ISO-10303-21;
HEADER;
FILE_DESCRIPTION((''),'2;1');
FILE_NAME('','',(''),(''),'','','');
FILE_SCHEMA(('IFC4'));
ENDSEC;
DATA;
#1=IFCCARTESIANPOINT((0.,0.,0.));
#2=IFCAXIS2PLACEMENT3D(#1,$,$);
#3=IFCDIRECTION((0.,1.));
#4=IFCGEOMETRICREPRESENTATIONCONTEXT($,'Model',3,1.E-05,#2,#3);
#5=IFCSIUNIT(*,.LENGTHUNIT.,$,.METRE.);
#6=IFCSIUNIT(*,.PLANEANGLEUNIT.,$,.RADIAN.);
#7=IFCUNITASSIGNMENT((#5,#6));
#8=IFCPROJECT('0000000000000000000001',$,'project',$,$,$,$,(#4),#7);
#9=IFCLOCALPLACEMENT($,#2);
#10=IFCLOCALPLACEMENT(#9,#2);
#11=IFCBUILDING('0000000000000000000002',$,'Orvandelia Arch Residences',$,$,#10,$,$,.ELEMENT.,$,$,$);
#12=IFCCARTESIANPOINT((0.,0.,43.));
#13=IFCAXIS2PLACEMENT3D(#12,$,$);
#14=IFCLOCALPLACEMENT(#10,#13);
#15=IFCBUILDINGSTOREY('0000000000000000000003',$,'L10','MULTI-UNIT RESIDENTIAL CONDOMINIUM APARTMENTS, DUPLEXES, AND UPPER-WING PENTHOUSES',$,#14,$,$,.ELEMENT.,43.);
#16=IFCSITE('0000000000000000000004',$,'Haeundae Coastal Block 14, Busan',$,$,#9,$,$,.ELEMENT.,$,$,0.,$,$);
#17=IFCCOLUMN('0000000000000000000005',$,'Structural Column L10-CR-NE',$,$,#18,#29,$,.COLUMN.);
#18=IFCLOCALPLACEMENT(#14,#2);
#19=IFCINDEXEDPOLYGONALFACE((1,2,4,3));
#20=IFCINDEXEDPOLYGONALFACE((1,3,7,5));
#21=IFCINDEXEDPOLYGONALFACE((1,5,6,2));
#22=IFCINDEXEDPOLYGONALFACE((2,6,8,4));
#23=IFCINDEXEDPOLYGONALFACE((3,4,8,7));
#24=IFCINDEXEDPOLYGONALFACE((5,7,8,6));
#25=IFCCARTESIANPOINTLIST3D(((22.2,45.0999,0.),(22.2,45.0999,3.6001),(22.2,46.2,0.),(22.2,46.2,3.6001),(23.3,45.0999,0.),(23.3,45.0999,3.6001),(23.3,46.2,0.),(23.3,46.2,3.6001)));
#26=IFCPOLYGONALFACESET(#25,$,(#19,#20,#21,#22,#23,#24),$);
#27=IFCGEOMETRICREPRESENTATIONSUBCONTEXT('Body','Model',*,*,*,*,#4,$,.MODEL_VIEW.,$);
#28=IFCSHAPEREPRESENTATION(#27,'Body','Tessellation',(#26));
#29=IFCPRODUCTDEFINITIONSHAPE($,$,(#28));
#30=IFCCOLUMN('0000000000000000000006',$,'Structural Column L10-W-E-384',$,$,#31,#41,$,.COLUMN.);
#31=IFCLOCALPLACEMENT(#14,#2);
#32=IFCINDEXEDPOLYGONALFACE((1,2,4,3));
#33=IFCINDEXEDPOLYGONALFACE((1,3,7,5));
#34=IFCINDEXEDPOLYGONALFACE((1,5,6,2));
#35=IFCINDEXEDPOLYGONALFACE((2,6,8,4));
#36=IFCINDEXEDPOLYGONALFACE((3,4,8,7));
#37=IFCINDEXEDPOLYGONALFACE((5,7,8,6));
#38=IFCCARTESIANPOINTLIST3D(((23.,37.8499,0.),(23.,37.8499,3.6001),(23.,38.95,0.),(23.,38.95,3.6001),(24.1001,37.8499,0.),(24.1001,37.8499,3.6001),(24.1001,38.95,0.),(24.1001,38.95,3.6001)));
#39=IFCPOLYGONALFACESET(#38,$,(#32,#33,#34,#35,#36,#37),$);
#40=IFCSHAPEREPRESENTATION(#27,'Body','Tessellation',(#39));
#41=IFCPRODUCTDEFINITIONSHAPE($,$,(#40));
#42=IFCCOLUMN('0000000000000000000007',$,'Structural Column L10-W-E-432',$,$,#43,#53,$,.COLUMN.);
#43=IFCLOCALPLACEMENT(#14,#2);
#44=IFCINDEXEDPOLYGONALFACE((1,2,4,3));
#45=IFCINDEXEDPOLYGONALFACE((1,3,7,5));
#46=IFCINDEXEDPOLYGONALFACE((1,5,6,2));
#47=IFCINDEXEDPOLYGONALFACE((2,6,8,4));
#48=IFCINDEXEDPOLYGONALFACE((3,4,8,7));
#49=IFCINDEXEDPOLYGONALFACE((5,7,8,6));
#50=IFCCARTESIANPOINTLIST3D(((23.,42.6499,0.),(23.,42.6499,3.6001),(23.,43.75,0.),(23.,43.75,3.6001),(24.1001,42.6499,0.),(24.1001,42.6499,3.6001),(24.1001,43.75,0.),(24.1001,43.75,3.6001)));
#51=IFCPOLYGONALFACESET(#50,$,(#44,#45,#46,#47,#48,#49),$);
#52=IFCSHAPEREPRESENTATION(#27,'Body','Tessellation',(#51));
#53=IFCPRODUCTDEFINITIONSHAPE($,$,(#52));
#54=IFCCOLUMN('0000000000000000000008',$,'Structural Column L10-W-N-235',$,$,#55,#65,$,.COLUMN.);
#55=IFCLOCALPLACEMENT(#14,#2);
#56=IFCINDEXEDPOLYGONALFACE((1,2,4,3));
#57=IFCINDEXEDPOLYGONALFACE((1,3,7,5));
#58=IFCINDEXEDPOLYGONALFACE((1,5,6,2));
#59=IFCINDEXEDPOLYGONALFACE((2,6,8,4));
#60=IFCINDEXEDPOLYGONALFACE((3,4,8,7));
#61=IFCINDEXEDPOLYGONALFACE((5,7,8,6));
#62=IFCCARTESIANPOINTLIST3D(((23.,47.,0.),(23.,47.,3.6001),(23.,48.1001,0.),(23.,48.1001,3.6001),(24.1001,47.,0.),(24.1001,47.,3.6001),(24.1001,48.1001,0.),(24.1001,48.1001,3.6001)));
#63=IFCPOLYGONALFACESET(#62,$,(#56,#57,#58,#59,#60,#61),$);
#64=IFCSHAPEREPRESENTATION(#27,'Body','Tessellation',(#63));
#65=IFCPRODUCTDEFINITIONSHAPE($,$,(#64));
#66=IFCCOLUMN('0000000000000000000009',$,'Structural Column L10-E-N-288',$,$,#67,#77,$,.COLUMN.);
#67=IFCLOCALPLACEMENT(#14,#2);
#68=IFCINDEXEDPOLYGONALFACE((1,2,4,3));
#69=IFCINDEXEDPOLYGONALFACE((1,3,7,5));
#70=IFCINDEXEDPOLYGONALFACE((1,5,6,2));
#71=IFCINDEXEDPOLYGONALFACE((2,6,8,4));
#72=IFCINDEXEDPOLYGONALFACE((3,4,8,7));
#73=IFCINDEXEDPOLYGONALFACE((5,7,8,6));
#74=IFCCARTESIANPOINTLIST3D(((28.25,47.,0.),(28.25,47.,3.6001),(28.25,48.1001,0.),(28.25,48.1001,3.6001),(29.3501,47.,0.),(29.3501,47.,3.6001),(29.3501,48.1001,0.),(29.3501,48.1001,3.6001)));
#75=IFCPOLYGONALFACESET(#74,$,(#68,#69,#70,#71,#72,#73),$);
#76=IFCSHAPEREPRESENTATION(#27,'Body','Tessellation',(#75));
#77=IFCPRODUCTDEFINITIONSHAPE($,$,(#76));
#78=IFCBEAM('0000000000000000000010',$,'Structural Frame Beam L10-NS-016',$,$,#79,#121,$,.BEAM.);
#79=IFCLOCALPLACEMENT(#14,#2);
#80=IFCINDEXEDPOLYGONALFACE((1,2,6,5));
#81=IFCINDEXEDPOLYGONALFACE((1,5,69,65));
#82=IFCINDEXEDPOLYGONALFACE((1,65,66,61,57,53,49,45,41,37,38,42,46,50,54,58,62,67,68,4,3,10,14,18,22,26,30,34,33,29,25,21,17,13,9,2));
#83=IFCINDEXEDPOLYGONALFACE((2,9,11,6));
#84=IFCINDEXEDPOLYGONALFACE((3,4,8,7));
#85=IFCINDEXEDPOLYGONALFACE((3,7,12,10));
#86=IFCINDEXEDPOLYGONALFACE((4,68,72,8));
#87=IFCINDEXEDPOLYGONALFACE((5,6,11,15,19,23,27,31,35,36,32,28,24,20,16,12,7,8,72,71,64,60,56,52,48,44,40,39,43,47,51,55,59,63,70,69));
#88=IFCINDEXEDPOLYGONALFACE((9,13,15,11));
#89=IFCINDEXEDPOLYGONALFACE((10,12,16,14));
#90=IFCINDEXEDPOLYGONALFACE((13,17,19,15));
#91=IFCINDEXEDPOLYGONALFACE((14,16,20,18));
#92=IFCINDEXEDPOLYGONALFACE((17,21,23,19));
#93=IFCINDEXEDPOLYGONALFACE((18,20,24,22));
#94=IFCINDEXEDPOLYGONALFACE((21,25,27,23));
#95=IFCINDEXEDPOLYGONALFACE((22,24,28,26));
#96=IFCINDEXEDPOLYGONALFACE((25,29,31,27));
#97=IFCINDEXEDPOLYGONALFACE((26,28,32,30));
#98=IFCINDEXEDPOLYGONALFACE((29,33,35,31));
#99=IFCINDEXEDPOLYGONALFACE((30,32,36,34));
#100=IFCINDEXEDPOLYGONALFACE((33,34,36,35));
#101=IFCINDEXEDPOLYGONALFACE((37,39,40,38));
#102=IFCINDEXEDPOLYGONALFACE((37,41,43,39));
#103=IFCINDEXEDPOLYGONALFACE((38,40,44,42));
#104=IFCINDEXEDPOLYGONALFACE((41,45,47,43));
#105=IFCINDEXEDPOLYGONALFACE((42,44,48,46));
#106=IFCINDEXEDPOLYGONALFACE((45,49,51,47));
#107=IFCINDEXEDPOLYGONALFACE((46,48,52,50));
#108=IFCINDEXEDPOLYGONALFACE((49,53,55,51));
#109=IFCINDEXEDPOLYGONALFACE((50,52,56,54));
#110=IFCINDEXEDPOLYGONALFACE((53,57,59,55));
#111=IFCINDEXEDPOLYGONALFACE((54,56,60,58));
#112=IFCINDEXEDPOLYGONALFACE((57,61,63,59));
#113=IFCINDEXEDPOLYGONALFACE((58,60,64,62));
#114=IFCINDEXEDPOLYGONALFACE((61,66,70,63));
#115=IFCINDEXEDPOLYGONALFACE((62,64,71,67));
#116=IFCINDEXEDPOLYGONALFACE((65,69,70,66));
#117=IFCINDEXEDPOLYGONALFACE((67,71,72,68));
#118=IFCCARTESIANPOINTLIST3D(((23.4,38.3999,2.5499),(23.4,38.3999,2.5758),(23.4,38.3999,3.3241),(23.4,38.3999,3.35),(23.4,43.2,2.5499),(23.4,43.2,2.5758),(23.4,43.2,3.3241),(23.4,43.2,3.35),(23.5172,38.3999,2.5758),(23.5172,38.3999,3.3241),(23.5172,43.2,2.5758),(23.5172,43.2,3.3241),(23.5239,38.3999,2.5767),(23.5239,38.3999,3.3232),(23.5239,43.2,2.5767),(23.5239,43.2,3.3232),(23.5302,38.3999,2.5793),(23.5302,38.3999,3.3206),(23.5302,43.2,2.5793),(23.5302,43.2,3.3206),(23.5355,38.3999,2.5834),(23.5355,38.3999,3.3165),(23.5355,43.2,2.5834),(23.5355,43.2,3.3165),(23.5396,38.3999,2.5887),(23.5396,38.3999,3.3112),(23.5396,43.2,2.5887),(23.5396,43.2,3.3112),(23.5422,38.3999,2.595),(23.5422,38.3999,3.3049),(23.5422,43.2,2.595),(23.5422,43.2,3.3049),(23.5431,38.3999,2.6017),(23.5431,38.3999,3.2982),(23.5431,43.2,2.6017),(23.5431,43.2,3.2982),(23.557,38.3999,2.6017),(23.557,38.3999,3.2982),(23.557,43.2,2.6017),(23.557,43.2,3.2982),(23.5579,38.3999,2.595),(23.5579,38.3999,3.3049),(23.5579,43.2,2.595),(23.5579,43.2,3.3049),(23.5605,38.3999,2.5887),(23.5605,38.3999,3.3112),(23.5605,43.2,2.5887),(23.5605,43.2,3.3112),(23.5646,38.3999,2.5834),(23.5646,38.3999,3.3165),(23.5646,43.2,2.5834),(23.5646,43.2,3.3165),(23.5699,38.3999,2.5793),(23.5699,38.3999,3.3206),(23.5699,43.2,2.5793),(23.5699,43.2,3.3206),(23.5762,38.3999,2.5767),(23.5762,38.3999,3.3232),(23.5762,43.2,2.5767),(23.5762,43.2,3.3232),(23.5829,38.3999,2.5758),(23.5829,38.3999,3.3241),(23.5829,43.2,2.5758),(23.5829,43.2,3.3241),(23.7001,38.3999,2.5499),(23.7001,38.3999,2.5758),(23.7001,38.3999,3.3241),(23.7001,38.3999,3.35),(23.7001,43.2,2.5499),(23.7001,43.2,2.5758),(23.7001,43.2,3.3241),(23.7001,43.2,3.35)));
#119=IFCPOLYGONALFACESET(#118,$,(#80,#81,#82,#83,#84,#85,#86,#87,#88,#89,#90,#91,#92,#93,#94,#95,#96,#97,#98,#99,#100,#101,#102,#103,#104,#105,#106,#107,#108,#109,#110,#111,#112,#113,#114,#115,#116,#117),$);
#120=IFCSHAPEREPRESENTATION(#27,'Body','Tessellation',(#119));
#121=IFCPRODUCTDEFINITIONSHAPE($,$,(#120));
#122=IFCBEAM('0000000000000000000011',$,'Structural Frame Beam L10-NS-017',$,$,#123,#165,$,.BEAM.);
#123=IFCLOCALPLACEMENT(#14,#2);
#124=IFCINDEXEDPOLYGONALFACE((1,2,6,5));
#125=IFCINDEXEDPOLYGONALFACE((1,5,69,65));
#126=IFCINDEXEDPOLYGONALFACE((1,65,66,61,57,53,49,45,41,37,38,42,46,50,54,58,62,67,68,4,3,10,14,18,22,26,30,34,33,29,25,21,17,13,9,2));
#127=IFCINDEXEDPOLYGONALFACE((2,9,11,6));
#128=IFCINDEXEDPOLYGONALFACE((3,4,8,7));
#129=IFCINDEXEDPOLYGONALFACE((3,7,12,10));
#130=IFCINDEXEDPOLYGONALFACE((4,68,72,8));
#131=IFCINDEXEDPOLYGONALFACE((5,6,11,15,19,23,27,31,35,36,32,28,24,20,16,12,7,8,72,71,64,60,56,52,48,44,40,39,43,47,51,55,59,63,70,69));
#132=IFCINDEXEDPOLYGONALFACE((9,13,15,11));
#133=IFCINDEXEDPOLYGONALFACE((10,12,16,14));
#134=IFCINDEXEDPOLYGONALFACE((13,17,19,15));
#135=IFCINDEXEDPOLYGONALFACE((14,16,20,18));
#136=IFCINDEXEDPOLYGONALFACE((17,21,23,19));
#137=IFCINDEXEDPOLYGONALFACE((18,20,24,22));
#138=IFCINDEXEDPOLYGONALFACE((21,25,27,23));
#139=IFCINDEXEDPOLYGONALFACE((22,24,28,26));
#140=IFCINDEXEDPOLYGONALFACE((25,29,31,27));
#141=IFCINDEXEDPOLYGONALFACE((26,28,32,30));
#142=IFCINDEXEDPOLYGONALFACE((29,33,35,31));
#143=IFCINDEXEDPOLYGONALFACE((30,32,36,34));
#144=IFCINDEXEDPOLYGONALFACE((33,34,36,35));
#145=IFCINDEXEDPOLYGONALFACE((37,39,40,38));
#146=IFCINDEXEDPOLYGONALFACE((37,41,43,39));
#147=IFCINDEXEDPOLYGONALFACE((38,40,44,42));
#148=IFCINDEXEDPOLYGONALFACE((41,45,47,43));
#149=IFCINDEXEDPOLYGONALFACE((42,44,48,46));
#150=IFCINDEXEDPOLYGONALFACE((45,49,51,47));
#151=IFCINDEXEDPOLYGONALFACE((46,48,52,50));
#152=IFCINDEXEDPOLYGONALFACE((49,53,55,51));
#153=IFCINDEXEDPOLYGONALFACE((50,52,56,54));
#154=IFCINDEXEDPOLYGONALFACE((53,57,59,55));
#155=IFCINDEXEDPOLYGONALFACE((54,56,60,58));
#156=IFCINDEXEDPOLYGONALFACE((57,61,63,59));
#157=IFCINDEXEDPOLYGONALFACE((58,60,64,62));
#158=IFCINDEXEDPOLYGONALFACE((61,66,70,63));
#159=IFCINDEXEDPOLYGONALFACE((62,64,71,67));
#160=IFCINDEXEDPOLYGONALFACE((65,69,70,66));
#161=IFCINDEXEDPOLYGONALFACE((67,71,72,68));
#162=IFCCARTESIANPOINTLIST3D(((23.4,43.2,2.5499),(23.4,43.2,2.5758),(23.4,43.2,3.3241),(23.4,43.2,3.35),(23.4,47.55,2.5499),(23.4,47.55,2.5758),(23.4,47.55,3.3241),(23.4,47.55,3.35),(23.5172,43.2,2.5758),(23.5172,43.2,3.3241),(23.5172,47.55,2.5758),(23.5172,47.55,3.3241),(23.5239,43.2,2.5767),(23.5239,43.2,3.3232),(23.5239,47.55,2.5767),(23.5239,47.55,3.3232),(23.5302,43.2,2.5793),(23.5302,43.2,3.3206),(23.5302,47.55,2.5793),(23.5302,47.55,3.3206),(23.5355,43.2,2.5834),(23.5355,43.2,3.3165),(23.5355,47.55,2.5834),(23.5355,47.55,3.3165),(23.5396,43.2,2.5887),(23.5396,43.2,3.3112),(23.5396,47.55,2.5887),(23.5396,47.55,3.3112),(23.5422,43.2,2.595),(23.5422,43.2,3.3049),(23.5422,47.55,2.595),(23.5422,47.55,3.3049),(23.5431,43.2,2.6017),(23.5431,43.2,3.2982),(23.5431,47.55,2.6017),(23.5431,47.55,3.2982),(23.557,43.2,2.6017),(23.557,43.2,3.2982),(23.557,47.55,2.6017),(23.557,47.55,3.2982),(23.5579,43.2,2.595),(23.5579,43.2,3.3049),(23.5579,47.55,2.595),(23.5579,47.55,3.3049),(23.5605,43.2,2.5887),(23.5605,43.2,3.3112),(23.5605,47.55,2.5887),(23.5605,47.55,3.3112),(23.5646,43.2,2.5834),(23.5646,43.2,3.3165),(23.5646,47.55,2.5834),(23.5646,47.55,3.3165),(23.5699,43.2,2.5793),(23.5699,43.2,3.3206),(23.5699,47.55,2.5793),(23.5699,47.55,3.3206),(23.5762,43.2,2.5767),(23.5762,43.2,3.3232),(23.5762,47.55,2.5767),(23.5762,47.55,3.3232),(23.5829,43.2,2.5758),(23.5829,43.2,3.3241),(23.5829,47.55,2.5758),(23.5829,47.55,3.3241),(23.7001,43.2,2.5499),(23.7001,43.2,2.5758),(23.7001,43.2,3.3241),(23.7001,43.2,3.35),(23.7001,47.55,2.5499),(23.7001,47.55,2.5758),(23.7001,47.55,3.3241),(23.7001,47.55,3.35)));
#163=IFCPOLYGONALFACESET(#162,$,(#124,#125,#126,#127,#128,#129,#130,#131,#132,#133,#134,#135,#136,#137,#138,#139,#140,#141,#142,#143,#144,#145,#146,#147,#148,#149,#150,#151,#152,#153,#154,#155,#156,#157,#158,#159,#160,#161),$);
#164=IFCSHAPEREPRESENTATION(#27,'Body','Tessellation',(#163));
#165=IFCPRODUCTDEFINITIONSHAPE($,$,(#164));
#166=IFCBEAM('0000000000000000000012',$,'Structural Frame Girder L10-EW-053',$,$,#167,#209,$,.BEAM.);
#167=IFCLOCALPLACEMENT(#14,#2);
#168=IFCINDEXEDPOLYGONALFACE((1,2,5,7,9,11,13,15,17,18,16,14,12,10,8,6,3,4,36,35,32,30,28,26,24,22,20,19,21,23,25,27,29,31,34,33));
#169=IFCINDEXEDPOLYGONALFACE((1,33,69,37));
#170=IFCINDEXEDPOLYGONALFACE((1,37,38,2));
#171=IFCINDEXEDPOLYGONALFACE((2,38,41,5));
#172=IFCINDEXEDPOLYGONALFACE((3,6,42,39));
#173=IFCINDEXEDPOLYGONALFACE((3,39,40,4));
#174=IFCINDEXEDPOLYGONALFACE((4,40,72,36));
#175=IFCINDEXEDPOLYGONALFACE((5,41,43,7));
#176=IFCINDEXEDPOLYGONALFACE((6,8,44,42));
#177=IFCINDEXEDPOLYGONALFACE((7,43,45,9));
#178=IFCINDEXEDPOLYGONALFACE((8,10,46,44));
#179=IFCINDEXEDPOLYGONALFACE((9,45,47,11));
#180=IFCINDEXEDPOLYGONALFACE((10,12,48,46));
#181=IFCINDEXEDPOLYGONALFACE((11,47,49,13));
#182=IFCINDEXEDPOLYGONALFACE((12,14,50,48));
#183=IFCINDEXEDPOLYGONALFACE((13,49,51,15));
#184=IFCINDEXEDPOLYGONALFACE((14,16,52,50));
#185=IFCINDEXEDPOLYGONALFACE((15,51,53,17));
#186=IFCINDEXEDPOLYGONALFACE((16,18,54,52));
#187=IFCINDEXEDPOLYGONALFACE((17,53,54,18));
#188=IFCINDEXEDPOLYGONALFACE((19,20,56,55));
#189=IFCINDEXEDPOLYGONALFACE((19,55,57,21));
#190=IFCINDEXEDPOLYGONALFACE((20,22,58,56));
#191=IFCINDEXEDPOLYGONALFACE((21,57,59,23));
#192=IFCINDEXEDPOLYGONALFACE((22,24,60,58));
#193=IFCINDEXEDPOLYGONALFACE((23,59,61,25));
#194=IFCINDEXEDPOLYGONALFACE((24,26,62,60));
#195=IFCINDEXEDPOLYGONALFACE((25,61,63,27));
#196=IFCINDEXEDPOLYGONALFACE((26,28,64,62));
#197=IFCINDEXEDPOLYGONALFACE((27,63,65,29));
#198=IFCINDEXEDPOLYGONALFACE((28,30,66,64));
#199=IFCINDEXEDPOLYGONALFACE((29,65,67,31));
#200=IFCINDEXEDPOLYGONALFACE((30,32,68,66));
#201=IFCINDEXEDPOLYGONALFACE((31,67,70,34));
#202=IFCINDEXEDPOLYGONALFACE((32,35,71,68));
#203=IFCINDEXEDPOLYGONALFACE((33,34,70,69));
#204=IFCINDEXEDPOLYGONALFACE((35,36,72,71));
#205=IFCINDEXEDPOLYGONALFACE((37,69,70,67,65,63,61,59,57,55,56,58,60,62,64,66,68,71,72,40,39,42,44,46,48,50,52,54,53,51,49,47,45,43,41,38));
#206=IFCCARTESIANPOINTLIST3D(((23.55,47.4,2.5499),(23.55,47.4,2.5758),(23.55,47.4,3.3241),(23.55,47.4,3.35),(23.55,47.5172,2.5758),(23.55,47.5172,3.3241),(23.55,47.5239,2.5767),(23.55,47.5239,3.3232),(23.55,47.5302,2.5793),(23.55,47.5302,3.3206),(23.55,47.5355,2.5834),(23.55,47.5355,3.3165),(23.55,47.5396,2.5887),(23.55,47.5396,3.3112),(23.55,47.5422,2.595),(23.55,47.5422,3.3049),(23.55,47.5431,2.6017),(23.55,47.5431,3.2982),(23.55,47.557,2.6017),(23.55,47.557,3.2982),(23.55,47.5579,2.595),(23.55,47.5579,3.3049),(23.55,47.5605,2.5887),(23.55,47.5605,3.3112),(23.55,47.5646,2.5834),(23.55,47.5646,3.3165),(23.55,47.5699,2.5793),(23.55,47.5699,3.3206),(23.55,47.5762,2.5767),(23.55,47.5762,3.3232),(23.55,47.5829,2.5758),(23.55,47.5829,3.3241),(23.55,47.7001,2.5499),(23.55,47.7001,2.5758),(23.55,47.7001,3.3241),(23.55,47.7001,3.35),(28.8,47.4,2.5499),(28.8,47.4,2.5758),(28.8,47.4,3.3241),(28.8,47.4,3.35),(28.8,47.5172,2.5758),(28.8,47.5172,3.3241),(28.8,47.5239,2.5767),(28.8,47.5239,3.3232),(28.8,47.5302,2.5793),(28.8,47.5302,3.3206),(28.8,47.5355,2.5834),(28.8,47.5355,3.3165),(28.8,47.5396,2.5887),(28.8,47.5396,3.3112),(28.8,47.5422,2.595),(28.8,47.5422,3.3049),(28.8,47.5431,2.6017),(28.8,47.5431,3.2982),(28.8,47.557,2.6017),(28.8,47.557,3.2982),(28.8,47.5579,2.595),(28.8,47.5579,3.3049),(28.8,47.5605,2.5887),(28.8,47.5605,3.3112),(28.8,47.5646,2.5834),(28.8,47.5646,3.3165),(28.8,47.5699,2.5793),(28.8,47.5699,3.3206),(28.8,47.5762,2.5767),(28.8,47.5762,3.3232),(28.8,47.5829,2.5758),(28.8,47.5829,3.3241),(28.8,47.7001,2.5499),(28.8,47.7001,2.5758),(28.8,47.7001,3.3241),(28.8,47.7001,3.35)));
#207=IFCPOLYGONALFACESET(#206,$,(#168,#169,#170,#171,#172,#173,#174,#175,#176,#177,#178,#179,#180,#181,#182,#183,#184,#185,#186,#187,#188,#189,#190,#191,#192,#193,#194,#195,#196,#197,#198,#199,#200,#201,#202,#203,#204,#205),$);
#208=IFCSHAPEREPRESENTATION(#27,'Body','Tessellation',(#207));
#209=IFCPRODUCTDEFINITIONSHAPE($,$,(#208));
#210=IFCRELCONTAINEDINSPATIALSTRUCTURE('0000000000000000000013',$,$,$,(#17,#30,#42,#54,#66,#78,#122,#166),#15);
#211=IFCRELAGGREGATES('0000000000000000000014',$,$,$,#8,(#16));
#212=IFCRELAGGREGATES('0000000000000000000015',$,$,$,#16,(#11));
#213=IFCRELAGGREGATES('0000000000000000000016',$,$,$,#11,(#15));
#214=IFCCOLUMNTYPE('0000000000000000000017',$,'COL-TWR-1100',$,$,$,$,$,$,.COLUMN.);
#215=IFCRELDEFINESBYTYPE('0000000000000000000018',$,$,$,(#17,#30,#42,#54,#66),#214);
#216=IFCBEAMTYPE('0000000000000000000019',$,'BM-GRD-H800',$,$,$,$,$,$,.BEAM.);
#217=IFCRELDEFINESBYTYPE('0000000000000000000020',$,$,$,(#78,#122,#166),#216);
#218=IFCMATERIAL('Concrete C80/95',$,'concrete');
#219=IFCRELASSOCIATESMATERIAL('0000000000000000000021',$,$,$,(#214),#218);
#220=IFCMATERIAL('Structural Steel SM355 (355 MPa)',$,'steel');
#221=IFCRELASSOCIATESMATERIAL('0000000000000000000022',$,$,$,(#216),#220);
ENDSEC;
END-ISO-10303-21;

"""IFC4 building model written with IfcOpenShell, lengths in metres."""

from ifc_helpers import new_model, si_unit, direction, frame, origin, origin_2d, place, context, subcontext, project, spatial, rectangle, i_section, extrude, material, material_profile, profile_set, type_object, element, save


model = new_model("IFC4")

# Units and contexts
model_context = context("Model", 3, precision=1e-05, world=origin(), true_north=direction((0.0, 1.0)))
body_context = subcontext(model_context, "Body", "Model", "MODEL_VIEW")
ifc_project = project(units=[si_unit("LENGTHUNIT", "METRE"), si_unit("PLANEANGLEUNIT", "RADIAN")], contexts=[model_context])

# Site, building, storey
site_placement = place(None, origin())
site = spatial("IfcSite", under=ifc_project, at=site_placement, Name="Haeundae Coastal Block 14, Busan", CompositionType="ELEMENT", RefElevation=0.0)
building_placement = place(site_placement, origin())
building = spatial("IfcBuilding", under=site, at=building_placement, Name="Orvandelia Arch Residences", CompositionType="ELEMENT")
storey_placement = place(building_placement, frame((0.0, 0.0, 43.0)))
storey = spatial("IfcBuildingStorey", under=building, at=storey_placement, Name="L10", Description="MULTI-UNIT RESIDENTIAL CONDOMINIUM APARTMENTS, DUPLEXES, AND UPPER-WING PENTHOUSES", CompositionType="ELEMENT", Elevation=43.0)

# Columns
ifc_material_1 = material(Name="Concrete C80/95", Category="concrete")
ifc_material_profile_1 = material_profile(ifc_material_1, rectangle(XDim=1.1001, YDim=1.1001, at=origin_2d()), Name="Concrete C80/95", Category="concrete")
ifc_profile_set_1 = profile_set([ifc_material_profile_1], Name="Concrete C80/95")
column_type = type_object("IfcColumnType", Name="COL-TWR-1100", PredefinedType="COLUMN", material=ifc_profile_set_1)
for number, where, z_axis, x_axis, name in (
    (1, (22.75, 45.6499, 0.0), (0.0, 0.0, 1.0), (1.0, 0.0, 0.0), "Structural Column L10-CR-NE"),
    (2, (23.55, 38.3999, 0.0), (0.0, 0.0, 1.0), (1.0, 0.0, 0.0), "Structural Column L10-W-E-384"),
    (3, (23.55, 43.2, 0.0), (0.0, 0.0, 1.0), (1.0, 0.0, 0.0), "Structural Column L10-W-E-432"),
    (4, (23.55, 47.55, 0.0), (0.0, 0.0, 1.0), (1.0, 0.0, 0.0), "Structural Column L10-W-N-235"),
    (5, (28.8, 47.55, 0.0), (0.0, 0.0, 1.0), (1.0, 0.0, 0.0), "Structural Column L10-E-N-288"),
):
    element("IfcColumn", number, at=place(storey_placement, frame(where, z_axis=z_axis, x_axis=x_axis)), inside=storey, type_object=column_type, Name=name, PredefinedType="COLUMN", context=body_context, shape_type="SweptSolid", body=[
        extrude(rectangle(XDim=1.1001, YDim=1.1001, at=origin_2d()), origin(), (0.0, 0.0, 1.0), 3.6001),
    ])

# Beams
ifc_material_2 = material(Name="Structural Steel SM355 (355 MPa)", Category="steel")
ifc_material_profile_2 = material_profile(ifc_material_2, i_section(OverallWidth=0.3, OverallDepth=0.8, WebThickness=0.0139, FlangeThickness=0.0259, FilletRadius=0.0259, at=origin_2d()), Name="Structural Steel SM355 (355 MPa)", Category="steel")
ifc_profile_set_2 = profile_set([ifc_material_profile_2], Name="Structural Steel SM355 (355 MPa)")
beam_type = type_object("IfcBeamType", Name="BM-GRD-H800", PredefinedType="BEAM", material=ifc_profile_set_2)
beam_1_placement = place(storey_placement, frame((23.55, 38.3999, 2.95), z_axis=(0.0, 1.0, 0.0), x_axis=(-1.0, 0.0, 0.0)))
element("IfcBeam", 6, at=beam_1_placement, inside=storey, type_object=beam_type, Name="Structural Frame Beam L10-NS-016", PredefinedType="BEAM", context=body_context, shape_type="SweptSolid", body=[
    extrude(i_section(OverallWidth=0.3, OverallDepth=0.8, WebThickness=0.0139, FlangeThickness=0.0259, FilletRadius=0.0259, at=origin_2d()), origin(), (0.0, 0.0, 1.0), 4.8),
])
beam_2_placement = place(storey_placement, frame((23.55, 43.2, 2.95), z_axis=(0.0, 1.0, 0.0), x_axis=(-1.0, 0.0, 0.0)))
element("IfcBeam", 7, at=beam_2_placement, inside=storey, type_object=beam_type, Name="Structural Frame Beam L10-NS-017", PredefinedType="BEAM", context=body_context, shape_type="SweptSolid", body=[
    extrude(i_section(OverallWidth=0.3, OverallDepth=0.8, WebThickness=0.0139, FlangeThickness=0.0259, FilletRadius=0.0259, at=origin_2d()), origin(), (0.0, 0.0, 1.0), 4.3501),
])
beam_3_placement = place(storey_placement, frame((23.55, 47.55, 2.95), z_axis=(1.0, 0.0, 0.0), x_axis=(0.0, 1.0, 0.0)))
element("IfcBeam", 8, at=beam_3_placement, inside=storey, type_object=beam_type, Name="Structural Frame Girder L10-EW-053", PredefinedType="BEAM", context=body_context, shape_type="SweptSolid", body=[
    extrude(i_section(OverallWidth=0.3, OverallDepth=0.8, WebThickness=0.0139, FlangeThickness=0.0259, FilletRadius=0.0259, at=origin_2d()), origin(), (0.0, 0.0, 1.0), 5.25),
])

save(model, "model.ifc")
